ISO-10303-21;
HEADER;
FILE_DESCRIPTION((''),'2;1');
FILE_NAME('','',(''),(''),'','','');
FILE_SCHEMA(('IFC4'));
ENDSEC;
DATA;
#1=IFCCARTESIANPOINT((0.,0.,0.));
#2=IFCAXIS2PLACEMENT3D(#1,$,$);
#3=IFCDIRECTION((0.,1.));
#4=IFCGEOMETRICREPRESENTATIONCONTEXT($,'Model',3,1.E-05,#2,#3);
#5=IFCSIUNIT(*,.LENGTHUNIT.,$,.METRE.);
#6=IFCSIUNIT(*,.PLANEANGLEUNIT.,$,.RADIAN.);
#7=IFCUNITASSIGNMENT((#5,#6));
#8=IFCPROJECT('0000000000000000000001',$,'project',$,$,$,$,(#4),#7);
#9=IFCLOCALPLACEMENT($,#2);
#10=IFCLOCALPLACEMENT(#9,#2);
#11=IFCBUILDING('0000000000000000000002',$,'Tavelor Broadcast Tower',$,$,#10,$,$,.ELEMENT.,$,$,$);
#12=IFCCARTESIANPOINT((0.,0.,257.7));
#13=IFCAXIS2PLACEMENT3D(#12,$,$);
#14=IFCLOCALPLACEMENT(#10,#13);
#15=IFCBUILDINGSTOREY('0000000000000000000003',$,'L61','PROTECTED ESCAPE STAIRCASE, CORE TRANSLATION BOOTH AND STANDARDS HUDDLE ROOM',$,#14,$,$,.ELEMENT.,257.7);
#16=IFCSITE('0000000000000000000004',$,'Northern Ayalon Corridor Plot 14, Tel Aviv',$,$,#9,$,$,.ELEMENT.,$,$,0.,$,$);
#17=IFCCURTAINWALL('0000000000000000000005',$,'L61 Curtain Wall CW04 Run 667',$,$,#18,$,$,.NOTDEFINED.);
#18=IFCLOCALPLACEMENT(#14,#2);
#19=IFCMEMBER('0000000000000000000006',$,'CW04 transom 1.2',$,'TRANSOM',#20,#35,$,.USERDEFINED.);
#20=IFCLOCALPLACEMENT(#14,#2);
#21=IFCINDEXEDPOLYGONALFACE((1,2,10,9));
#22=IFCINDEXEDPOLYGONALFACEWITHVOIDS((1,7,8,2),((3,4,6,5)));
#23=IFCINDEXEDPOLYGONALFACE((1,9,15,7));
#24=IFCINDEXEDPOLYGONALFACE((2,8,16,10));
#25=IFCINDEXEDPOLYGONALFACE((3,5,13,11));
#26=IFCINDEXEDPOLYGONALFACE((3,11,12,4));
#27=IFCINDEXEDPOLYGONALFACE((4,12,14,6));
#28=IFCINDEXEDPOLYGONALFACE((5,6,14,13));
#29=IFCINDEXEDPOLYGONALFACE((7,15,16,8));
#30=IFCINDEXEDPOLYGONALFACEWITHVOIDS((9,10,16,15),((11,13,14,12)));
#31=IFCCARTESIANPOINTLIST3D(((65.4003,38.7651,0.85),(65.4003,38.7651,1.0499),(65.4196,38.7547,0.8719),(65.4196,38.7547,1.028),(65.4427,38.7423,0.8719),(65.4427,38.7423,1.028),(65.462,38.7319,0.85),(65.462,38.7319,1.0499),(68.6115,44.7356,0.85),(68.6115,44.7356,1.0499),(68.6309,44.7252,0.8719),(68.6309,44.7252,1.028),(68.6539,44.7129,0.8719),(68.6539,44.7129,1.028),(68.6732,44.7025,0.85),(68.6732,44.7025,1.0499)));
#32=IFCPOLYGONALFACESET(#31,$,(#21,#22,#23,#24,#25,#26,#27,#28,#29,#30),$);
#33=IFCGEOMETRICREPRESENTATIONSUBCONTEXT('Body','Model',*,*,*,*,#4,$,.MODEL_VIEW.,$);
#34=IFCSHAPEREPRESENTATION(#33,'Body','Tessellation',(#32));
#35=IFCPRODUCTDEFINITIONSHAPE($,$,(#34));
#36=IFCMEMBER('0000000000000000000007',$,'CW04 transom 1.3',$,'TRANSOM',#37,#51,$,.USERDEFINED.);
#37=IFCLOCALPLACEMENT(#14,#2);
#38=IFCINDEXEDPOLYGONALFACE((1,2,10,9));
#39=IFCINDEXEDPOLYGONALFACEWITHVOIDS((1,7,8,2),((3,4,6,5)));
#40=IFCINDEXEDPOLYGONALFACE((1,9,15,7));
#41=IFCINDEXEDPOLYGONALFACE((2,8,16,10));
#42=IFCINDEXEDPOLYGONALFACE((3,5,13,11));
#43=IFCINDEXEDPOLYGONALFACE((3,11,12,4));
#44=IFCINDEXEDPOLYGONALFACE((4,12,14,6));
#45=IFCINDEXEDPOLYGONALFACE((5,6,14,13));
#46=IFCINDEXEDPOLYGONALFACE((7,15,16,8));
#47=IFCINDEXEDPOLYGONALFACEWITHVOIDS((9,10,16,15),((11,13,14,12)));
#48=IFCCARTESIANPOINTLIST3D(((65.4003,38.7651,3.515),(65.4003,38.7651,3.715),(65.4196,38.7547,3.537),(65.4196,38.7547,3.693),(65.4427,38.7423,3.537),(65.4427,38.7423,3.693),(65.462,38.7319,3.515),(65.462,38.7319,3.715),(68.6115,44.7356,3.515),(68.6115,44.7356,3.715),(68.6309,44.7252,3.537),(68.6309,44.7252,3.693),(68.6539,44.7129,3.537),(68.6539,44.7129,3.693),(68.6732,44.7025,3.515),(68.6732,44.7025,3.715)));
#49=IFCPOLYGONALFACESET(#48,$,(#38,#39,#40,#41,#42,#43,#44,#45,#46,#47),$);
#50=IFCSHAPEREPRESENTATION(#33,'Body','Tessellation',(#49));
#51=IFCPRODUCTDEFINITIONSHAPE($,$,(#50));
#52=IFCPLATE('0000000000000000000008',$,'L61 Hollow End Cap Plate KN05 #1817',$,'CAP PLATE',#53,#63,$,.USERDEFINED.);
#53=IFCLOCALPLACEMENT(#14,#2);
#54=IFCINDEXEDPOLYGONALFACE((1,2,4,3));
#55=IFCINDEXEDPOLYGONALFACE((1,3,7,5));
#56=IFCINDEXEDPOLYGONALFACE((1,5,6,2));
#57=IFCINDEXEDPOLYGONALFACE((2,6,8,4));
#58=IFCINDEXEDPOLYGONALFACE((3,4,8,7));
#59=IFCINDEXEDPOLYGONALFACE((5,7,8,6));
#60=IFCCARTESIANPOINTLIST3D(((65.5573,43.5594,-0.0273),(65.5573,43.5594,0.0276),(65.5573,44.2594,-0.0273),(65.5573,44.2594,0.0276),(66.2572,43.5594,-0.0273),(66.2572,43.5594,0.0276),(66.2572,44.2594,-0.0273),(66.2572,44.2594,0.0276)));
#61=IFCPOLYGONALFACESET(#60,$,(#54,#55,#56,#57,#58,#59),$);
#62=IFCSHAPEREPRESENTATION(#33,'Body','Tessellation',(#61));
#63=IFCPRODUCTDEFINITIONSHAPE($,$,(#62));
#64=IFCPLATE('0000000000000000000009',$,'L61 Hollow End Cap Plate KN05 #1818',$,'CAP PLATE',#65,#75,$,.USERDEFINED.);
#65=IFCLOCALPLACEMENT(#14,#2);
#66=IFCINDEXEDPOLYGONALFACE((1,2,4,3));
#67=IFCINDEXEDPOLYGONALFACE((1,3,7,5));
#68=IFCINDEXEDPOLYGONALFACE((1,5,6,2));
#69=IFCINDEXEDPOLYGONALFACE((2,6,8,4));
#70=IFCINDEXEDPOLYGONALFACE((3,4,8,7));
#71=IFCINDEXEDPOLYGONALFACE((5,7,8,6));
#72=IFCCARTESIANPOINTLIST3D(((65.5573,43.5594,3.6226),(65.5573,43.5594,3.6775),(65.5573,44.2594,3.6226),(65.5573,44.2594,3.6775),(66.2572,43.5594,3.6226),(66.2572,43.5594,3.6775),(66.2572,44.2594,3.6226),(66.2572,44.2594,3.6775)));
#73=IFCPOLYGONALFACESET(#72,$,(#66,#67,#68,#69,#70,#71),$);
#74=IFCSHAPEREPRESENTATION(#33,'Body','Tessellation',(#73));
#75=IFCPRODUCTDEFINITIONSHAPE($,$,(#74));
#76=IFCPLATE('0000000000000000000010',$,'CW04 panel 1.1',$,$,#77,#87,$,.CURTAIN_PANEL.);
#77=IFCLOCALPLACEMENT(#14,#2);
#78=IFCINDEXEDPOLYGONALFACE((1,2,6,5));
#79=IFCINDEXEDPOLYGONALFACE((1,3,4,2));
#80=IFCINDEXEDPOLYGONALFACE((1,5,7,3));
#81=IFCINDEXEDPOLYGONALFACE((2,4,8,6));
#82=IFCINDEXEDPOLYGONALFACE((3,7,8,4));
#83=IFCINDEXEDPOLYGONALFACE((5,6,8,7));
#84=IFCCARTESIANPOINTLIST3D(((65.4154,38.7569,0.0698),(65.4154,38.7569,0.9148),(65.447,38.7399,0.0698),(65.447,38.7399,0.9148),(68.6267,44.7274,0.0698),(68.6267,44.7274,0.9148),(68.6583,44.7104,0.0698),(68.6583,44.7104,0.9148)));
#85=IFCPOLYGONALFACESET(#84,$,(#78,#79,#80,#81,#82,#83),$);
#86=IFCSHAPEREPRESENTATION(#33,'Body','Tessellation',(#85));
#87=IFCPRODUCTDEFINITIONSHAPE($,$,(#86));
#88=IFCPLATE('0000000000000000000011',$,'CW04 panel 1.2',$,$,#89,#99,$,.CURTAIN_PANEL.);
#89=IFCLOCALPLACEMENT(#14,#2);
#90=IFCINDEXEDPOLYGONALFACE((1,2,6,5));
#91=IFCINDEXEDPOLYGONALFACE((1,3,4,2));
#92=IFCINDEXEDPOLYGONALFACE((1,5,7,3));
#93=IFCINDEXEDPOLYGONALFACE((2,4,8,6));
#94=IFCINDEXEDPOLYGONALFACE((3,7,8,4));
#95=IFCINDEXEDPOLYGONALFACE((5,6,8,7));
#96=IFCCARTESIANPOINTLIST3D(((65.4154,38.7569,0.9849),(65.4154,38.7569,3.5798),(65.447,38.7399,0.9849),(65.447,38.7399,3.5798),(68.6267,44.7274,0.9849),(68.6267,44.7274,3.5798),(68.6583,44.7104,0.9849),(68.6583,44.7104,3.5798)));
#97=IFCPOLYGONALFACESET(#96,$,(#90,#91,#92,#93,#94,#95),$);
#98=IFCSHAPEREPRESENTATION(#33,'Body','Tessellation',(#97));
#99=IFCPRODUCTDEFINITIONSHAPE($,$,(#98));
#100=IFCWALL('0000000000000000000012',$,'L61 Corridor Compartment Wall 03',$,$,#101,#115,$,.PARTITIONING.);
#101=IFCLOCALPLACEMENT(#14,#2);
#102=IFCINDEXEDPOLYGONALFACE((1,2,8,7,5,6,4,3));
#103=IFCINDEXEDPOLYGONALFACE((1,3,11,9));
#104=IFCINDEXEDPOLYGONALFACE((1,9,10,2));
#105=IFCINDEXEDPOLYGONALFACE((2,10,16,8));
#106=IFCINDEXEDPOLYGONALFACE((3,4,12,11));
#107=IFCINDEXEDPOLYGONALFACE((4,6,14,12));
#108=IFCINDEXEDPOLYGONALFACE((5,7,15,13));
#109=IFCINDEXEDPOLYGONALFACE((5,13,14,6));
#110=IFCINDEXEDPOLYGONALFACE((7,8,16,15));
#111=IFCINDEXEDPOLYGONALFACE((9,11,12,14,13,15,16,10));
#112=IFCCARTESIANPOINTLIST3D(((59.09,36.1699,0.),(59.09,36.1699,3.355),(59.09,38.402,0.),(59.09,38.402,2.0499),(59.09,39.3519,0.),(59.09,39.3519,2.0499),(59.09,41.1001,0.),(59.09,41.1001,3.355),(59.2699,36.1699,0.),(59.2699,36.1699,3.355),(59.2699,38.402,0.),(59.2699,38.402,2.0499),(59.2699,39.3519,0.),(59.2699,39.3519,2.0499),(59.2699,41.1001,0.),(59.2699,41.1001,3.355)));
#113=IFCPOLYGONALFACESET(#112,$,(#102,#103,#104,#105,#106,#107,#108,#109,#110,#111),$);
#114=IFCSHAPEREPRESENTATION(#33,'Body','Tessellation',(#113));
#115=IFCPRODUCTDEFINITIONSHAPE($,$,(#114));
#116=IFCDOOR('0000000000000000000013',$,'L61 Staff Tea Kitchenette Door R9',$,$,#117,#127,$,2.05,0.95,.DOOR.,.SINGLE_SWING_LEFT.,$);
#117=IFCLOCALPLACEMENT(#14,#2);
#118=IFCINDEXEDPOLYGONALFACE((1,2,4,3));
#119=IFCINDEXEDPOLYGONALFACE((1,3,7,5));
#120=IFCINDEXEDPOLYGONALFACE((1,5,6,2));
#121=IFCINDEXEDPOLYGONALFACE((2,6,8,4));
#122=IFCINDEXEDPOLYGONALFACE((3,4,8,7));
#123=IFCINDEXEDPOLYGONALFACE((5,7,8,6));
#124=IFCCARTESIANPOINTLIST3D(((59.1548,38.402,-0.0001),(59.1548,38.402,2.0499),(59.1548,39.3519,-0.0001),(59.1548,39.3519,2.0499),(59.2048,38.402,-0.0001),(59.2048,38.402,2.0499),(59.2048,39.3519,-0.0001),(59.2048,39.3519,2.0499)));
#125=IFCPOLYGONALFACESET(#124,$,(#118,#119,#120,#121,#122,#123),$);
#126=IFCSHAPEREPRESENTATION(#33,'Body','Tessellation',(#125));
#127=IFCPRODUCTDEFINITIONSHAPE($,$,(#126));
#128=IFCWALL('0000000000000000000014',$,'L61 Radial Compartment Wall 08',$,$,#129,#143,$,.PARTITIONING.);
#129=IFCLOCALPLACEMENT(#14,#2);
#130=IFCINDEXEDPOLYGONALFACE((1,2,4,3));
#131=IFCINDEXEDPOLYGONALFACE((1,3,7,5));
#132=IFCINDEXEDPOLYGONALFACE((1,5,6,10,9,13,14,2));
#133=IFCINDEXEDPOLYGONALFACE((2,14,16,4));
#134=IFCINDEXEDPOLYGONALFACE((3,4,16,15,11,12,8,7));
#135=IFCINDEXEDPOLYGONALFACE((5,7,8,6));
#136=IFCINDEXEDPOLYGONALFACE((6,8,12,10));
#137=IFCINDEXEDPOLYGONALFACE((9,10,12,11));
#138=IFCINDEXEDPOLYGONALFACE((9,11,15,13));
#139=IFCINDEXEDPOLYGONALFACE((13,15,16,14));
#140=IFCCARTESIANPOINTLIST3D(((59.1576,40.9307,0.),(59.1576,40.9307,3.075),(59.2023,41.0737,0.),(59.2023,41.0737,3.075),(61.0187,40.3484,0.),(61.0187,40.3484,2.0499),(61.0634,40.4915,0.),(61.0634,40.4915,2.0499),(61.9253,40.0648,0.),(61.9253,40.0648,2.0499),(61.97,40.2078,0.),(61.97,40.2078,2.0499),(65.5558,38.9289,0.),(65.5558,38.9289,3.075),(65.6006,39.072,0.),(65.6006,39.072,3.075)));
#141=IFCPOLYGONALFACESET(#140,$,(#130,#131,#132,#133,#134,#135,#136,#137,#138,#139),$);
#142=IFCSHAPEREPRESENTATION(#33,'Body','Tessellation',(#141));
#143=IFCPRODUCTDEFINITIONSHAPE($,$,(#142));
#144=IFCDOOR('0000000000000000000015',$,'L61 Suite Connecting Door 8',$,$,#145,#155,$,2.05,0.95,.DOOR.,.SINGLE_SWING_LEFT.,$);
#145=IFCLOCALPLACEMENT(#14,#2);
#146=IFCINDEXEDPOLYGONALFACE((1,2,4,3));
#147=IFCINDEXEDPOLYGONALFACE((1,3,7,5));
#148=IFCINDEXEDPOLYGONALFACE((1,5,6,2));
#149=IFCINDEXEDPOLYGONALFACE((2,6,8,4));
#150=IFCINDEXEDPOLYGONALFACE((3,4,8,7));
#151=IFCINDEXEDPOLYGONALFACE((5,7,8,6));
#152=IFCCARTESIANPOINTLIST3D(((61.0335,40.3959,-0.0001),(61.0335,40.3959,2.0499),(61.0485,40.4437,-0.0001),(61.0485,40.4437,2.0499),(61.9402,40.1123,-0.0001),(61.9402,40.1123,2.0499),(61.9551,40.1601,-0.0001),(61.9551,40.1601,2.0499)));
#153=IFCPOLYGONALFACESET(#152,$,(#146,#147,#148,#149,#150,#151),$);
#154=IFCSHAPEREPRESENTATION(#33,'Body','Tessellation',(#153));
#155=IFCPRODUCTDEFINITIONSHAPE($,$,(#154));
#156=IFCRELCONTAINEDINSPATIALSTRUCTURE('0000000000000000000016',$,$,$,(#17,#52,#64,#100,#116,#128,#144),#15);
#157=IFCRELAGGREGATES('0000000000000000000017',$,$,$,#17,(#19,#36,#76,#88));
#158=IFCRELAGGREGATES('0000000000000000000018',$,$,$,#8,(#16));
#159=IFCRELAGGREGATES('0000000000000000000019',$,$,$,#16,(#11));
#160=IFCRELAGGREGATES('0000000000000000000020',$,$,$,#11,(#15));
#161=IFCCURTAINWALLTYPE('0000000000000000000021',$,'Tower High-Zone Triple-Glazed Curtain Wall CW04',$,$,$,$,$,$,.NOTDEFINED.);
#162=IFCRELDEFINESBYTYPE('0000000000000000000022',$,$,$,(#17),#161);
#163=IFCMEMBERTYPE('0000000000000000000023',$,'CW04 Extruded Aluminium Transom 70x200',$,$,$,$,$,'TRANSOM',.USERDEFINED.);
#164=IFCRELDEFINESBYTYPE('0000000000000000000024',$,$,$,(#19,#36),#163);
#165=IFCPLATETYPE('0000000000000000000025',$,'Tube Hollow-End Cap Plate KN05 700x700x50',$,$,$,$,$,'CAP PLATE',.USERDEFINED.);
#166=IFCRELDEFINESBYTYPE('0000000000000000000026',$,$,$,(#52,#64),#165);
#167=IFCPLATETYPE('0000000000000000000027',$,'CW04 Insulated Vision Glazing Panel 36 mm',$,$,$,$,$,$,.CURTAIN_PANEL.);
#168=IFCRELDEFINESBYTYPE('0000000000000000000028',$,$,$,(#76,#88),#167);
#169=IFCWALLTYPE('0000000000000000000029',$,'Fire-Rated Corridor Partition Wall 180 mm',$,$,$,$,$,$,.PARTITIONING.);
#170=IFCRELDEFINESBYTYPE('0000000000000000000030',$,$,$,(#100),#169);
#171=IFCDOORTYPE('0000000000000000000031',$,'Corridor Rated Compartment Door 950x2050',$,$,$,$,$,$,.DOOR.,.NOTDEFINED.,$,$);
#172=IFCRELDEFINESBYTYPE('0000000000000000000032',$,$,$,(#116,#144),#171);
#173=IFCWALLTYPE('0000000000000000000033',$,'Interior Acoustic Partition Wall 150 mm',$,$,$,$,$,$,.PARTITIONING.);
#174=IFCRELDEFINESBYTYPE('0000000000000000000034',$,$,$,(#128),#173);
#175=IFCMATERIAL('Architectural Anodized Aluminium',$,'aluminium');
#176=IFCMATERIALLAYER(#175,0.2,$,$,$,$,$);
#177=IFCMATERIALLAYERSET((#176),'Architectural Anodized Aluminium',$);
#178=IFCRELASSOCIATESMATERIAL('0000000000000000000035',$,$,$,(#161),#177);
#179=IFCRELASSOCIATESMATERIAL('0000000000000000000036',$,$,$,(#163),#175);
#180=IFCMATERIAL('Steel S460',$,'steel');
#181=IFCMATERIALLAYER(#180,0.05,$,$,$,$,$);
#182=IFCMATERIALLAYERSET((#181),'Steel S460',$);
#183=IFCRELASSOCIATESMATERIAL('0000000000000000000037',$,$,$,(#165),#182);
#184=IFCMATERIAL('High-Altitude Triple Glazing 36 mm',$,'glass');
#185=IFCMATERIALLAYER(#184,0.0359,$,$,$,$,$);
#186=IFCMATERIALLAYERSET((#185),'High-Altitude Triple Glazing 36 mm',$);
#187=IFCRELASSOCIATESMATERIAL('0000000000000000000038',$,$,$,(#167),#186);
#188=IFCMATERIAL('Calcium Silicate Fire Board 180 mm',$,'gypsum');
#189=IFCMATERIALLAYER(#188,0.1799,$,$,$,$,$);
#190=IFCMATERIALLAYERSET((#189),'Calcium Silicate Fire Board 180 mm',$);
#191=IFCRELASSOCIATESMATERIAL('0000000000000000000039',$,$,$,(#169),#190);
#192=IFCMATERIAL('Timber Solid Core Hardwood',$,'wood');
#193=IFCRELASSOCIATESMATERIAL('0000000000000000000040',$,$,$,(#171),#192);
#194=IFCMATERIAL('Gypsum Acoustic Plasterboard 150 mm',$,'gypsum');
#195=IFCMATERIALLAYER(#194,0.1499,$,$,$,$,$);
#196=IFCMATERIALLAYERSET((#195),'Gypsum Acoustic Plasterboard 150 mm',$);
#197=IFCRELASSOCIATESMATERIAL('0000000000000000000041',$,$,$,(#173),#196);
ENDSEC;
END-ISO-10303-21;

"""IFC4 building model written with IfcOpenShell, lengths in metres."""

from ifc_helpers import new_model, si_unit, direction, frame, frame_2d, origin, origin_2d, place, context, subcontext, project, spatial, rectangle, hollow_rectangle, extrude, source, transform, mapped, material, layer, layer_set, material_profile, profile_set, type_object, type_shapes, element, fill, aggregate, save


model = new_model("IFC4")

# Units and contexts
model_context = context("Model", 3, precision=1e-05, world=origin(), true_north=direction((0.0, 1.0)))
body_context = subcontext(model_context, "Body", "Model", "MODEL_VIEW")
ifc_project = project(units=[si_unit("LENGTHUNIT", "METRE"), si_unit("PLANEANGLEUNIT", "RADIAN")], contexts=[model_context])

# Site, building, storey
site_placement = place(None, origin())
site = spatial("IfcSite", under=ifc_project, at=site_placement, Name="Northern Ayalon Corridor Plot 14, Tel Aviv", CompositionType="ELEMENT", RefElevation=0.0)
building_placement = place(site_placement, origin())
building = spatial("IfcBuilding", under=site, at=building_placement, Name="Tavelor Broadcast Tower", CompositionType="ELEMENT")
storey_placement = place(building_placement, frame((0.0, 0.0, 257.7)))
storey = spatial("IfcBuildingStorey", under=building, at=storey_placement, Name="L61", Description="PROTECTED ESCAPE STAIRCASE, CORE TRANSLATION BOOTH AND STANDARDS HUDDLE ROOM", CompositionType="ELEMENT", Elevation=257.7)

# Shared definitions
ifc_material_1 = material(Name="Steel S460", Category="steel")

# Shared definitions
ifc_material_2 = material(Name="Architectural Anodized Aluminium", Category="aluminium")
ifc_layer_1 = layer(ifc_material_2, 0.2)
ifc_layer_set_1 = layer_set([ifc_layer_1], Name="Architectural Anodized Aluminium")
curtain_wall_type = type_object("IfcCurtainWallType", Name="Tower High-Zone Triple-Glazed Curtain Wall CW04", PredefinedType="NOTDEFINED", material=ifc_layer_set_1)

# Curtain wall
curtain_wall_1_placement = place(storey_placement, origin())
curtain_wall_1 = element("IfcCurtainWall", 1, at=curtain_wall_1_placement, inside=storey, type_object=curtain_wall_type, Name="L61 Curtain Wall CW04 Run 667", PredefinedType="NOTDEFINED")

# Members
ifc_material_profile_1 = material_profile(ifc_material_2, hollow_rectangle(XDim=0.0701, YDim=0.2, WallThickness=0.022, at=origin_2d()), Name="RHS 70x200x22")
ifc_profile_set_1 = profile_set([ifc_material_profile_1], Name="Architectural Anodized Aluminium")
member_type_1 = type_object("IfcMemberType", Name="CW04 Extruded Aluminium Transom 70x200", ElementType="TRANSOM", PredefinedType="USERDEFINED", material=ifc_profile_set_1)
shared_shape_1 = source(origin(), body_context, "Body", "SweptSolid", [
    extrude(hollow_rectangle(XDim=0.0701, YDim=0.2, WallThickness=0.022, at=origin_2d()), origin(), (0.0, 0.0, 1.0), 6.7793),
])
type_shapes(member_type_1, [shared_shape_1])
member_1_placement = place(storey_placement, frame((65.4312, 38.7485, 0.95), z_axis=(0.473679, 0.880698, 0.0), x_axis=(-0.880698, 0.473679, 0.0)))
member_1 = element("IfcMember", 2, at=member_1_placement, type_object=member_type_1, Name="CW04 transom 1.2", ObjectType="TRANSOM", PredefinedType="USERDEFINED", context=body_context, shape_type="MappedRepresentation", body=[
    mapped(shared_shape_1, transform((0.0, 0.0, 0.0), scale=1.0)),
])
member_2_placement = place(storey_placement, frame((65.4312, 38.7485, 3.615), z_axis=(0.473679, 0.880698, 0.0), x_axis=(-0.880698, 0.473679, 0.0)))
member_2 = element("IfcMember", 3, at=member_2_placement, type_object=member_type_1, Name="CW04 transom 1.3", ObjectType="TRANSOM", PredefinedType="USERDEFINED", context=body_context, shape_type="MappedRepresentation", body=[
    mapped(shared_shape_1, transform((0.0, 0.0, 0.0), scale=1.0)),
])

# Plates
ifc_layer_2 = layer(ifc_material_1, 0.05)
ifc_layer_set_2 = layer_set([ifc_layer_2], Name="Steel S460")
plate_type_1 = type_object("IfcPlateType", Name="Tube Hollow-End Cap Plate KN05 700x700x50", ElementType="CAP PLATE", PredefinedType="USERDEFINED", material=ifc_layer_set_2)
shared_shape_2 = source(origin(), body_context, "Body", "SweptSolid", [
    extrude(rectangle(XDim=0.7, YDim=0.7, at=origin_2d()), origin(), (0.0, 0.0, 1.0), 0.0549),
])
type_shapes(plate_type_1, [shared_shape_2])
for number, where, z_axis, x_axis, name in (
    (4, (65.9072, 43.9094, -0.0273), (0.0, 0.0, 1.0), (1.0, 0.0, 0.0), "L61 Hollow End Cap Plate KN05 #1817"),
    (5, (65.9072, 43.9094, 3.6226), (0.0, 0.0, 1.0), (1.0, 0.0, 0.0), "L61 Hollow End Cap Plate KN05 #1818"),
):
    element("IfcPlate", number, at=place(storey_placement, frame(where, z_axis=z_axis, x_axis=x_axis)), inside=storey, type_object=plate_type_1, Name=name, ObjectType="CAP PLATE", PredefinedType="USERDEFINED", context=body_context, shape_type="MappedRepresentation", body=[
        mapped(shared_shape_2, transform((0.0, 0.0, 0.0), scale=1.0)),
    ])

# Plates
ifc_material_3 = material(Name="High-Altitude Triple Glazing 36 mm", Category="glass")
ifc_layer_3 = layer(ifc_material_3, 0.0359)
ifc_layer_set_3 = layer_set([ifc_layer_3], Name="High-Altitude Triple Glazing 36 mm")
plate_type_2 = type_object("IfcPlateType", Name="CW04 Insulated Vision Glazing Panel 36 mm", PredefinedType="CURTAIN_PANEL", material=ifc_layer_set_3)
shared_shape_3 = source(origin(), body_context, "Body", "SweptSolid", [
    extrude(rectangle(XDim=6.7793, YDim=0.0359, at=origin_2d()), origin(), (0.0, 0.0, 1.0), 0.845),
])
plate_1_placement = place(storey_placement, frame((67.0369, 41.7336, 0.0698), z_axis=(0.0, 0.0, 1.0), x_axis=(0.473699, 0.880687, 0.0)))
plate_1 = element("IfcPlate", 6, at=plate_1_placement, type_object=plate_type_2, Name="CW04 panel 1.1", PredefinedType="CURTAIN_PANEL", context=body_context, shape_type="MappedRepresentation", body=[
    mapped(shared_shape_3, transform((0.0, 0.0, 0.0), scale=1.0)),
])
shared_shape_4 = source(origin(), body_context, "Body", "SweptSolid", [
    extrude(rectangle(XDim=6.7793, YDim=0.0359, at=origin_2d()), origin(), (0.0, 0.0, 1.0), 2.595),
])
type_shapes(plate_type_2, [shared_shape_3, shared_shape_4])
plate_2_placement = place(storey_placement, frame((67.0369, 41.7336, 0.9849), z_axis=(0.0, 0.0, 1.0), x_axis=(0.473699, 0.880687, 0.0)))
plate_2 = element("IfcPlate", 7, at=plate_2_placement, type_object=plate_type_2, Name="CW04 panel 1.2", PredefinedType="CURTAIN_PANEL", context=body_context, shape_type="MappedRepresentation", body=[
    mapped(shared_shape_4, transform((0.0, 0.0, 0.0), scale=1.0)),
])
aggregate(curtain_wall_1, [member_1, member_2, plate_1, plate_2])

# Walls, openings, doors
ifc_material_4 = material(Name="Calcium Silicate Fire Board 180 mm", Category="gypsum")
ifc_layer_4 = layer(ifc_material_4, 0.1799)
ifc_layer_set_4 = layer_set([ifc_layer_4], Name="Calcium Silicate Fire Board 180 mm")
wall_type_1 = type_object("IfcWallType", Name="Fire-Rated Corridor Partition Wall 180 mm", PredefinedType="PARTITIONING", material=ifc_layer_set_4)
wall_1_placement = place(storey_placement, frame((59.1799, 41.1001, 0.0), z_axis=(0.0, 0.0, 1.0), x_axis=(0.0, -1.0, 0.0)))
wall_1 = element("IfcWall", 8, at=wall_1_placement, inside=storey, type_object=wall_type_1, Name="L61 Corridor Compartment Wall 03", PredefinedType="PARTITIONING", context=body_context, shape_type="SweptSolid", body=[
    extrude(rectangle(XDim=4.9302, YDim=0.1799, at=frame_2d((2.4651, 0.0))), origin(), (0.0, 0.0, 1.0), 3.355),
])
opening_1_placement = place(wall_1_placement, frame((1.748, 0.0, 0.0)))
opening_1 = element("IfcOpeningElement", 9, at=opening_1_placement, cuts=wall_1, PredefinedType="OPENING", context=body_context, shape_type="SweptSolid", body=[
    extrude(rectangle(XDim=0.95, YDim=2.05, at=frame_2d((0.4751, 1.0249))), frame((0.0, 0.1001, 0.0), z_axis=(0.0, -1.0, 0.0), x_axis=(1.0, 0.0, 0.0)), (0.0, 0.0, 1.0), 0.2),
])
ifc_material_5 = material(Name="Timber Solid Core Hardwood", Category="wood")
door_type_1 = type_object("IfcDoorType", Name="Corridor Rated Compartment Door 950x2050", OperationType="NOTDEFINED", PredefinedType="DOOR", material=ifc_material_5)
door_1_placement = place(opening_1_placement, origin())
door_1 = element("IfcDoor", 10, at=door_1_placement, inside=storey, type_object=door_type_1, Name="L61 Staff Tea Kitchenette Door R9", OperationType="SINGLE_SWING_LEFT", OverallHeight=2.05, OverallWidth=0.95, PredefinedType="DOOR", context=body_context, shape_type="SweptSolid", body=[
    extrude(rectangle(XDim=0.95, YDim=2.05, at=frame_2d((0.4751, 1.0249))), frame((0.0, 0.0249, 0.0), z_axis=(0.0, -1.0, 0.0), x_axis=(1.0, 0.0, 0.0)), (0.0, 0.0, 1.0), 0.05),
])
fill(opening_1, door_1)
ifc_material_6 = material(Name="Gypsum Acoustic Plasterboard 150 mm", Category="gypsum")
ifc_layer_5 = layer(ifc_material_6, 0.1499)
ifc_layer_set_5 = layer_set([ifc_layer_5], Name="Gypsum Acoustic Plasterboard 150 mm")
wall_type_2 = type_object("IfcWallType", Name="Interior Acoustic Partition Wall 150 mm", PredefinedType="PARTITIONING", material=ifc_layer_set_5)
wall_2_placement = place(storey_placement, frame((59.1799, 41.0022, 0.0), z_axis=(0.0, 0.0, 1.0), x_axis=(0.954383, -0.298584, 0.0)))
wall_2 = element("IfcWall", 11, at=wall_2_placement, inside=storey, type_object=wall_type_2, Name="L61 Radial Compartment Wall 08", PredefinedType="PARTITIONING", context=body_context, shape_type="SweptSolid", body=[
    extrude(rectangle(XDim=6.7041, YDim=0.1499, at=frame_2d((3.3521, 0.0))), origin(), (0.0, 0.0, 1.0), 3.075),
])
opening_2_placement = place(wall_2_placement, frame((1.95, 0.0, 0.0)))
opening_2 = element("IfcOpeningElement", 12, at=opening_2_placement, cuts=wall_2, PredefinedType="OPENING", context=body_context, shape_type="SweptSolid", body=[
    extrude(rectangle(XDim=0.95, YDim=2.05, at=frame_2d((0.4751, 1.0249))), frame((0.0, 0.085, 0.0), z_axis=(0.0, -1.0, 0.0), x_axis=(1.0, 0.0, 0.0)), (0.0, 0.0, 1.0), 0.1699),
])
door_2_placement = place(opening_2_placement, origin())
door_2 = element("IfcDoor", 13, at=door_2_placement, inside=storey, type_object=door_type_1, Name="L61 Suite Connecting Door 8", OperationType="SINGLE_SWING_LEFT", OverallHeight=2.05, OverallWidth=0.95, PredefinedType="DOOR", context=body_context, shape_type="SweptSolid", body=[
    extrude(rectangle(XDim=0.95, YDim=2.05, at=frame_2d((0.4751, 1.0249))), frame((0.0, 0.0249, 0.0), z_axis=(0.0, -1.0, 0.0), x_axis=(1.0, 0.0, 0.0)), (0.0, 0.0, 1.0), 0.05),
])
fill(opening_2, door_2)

save(model, "model.ifc")
